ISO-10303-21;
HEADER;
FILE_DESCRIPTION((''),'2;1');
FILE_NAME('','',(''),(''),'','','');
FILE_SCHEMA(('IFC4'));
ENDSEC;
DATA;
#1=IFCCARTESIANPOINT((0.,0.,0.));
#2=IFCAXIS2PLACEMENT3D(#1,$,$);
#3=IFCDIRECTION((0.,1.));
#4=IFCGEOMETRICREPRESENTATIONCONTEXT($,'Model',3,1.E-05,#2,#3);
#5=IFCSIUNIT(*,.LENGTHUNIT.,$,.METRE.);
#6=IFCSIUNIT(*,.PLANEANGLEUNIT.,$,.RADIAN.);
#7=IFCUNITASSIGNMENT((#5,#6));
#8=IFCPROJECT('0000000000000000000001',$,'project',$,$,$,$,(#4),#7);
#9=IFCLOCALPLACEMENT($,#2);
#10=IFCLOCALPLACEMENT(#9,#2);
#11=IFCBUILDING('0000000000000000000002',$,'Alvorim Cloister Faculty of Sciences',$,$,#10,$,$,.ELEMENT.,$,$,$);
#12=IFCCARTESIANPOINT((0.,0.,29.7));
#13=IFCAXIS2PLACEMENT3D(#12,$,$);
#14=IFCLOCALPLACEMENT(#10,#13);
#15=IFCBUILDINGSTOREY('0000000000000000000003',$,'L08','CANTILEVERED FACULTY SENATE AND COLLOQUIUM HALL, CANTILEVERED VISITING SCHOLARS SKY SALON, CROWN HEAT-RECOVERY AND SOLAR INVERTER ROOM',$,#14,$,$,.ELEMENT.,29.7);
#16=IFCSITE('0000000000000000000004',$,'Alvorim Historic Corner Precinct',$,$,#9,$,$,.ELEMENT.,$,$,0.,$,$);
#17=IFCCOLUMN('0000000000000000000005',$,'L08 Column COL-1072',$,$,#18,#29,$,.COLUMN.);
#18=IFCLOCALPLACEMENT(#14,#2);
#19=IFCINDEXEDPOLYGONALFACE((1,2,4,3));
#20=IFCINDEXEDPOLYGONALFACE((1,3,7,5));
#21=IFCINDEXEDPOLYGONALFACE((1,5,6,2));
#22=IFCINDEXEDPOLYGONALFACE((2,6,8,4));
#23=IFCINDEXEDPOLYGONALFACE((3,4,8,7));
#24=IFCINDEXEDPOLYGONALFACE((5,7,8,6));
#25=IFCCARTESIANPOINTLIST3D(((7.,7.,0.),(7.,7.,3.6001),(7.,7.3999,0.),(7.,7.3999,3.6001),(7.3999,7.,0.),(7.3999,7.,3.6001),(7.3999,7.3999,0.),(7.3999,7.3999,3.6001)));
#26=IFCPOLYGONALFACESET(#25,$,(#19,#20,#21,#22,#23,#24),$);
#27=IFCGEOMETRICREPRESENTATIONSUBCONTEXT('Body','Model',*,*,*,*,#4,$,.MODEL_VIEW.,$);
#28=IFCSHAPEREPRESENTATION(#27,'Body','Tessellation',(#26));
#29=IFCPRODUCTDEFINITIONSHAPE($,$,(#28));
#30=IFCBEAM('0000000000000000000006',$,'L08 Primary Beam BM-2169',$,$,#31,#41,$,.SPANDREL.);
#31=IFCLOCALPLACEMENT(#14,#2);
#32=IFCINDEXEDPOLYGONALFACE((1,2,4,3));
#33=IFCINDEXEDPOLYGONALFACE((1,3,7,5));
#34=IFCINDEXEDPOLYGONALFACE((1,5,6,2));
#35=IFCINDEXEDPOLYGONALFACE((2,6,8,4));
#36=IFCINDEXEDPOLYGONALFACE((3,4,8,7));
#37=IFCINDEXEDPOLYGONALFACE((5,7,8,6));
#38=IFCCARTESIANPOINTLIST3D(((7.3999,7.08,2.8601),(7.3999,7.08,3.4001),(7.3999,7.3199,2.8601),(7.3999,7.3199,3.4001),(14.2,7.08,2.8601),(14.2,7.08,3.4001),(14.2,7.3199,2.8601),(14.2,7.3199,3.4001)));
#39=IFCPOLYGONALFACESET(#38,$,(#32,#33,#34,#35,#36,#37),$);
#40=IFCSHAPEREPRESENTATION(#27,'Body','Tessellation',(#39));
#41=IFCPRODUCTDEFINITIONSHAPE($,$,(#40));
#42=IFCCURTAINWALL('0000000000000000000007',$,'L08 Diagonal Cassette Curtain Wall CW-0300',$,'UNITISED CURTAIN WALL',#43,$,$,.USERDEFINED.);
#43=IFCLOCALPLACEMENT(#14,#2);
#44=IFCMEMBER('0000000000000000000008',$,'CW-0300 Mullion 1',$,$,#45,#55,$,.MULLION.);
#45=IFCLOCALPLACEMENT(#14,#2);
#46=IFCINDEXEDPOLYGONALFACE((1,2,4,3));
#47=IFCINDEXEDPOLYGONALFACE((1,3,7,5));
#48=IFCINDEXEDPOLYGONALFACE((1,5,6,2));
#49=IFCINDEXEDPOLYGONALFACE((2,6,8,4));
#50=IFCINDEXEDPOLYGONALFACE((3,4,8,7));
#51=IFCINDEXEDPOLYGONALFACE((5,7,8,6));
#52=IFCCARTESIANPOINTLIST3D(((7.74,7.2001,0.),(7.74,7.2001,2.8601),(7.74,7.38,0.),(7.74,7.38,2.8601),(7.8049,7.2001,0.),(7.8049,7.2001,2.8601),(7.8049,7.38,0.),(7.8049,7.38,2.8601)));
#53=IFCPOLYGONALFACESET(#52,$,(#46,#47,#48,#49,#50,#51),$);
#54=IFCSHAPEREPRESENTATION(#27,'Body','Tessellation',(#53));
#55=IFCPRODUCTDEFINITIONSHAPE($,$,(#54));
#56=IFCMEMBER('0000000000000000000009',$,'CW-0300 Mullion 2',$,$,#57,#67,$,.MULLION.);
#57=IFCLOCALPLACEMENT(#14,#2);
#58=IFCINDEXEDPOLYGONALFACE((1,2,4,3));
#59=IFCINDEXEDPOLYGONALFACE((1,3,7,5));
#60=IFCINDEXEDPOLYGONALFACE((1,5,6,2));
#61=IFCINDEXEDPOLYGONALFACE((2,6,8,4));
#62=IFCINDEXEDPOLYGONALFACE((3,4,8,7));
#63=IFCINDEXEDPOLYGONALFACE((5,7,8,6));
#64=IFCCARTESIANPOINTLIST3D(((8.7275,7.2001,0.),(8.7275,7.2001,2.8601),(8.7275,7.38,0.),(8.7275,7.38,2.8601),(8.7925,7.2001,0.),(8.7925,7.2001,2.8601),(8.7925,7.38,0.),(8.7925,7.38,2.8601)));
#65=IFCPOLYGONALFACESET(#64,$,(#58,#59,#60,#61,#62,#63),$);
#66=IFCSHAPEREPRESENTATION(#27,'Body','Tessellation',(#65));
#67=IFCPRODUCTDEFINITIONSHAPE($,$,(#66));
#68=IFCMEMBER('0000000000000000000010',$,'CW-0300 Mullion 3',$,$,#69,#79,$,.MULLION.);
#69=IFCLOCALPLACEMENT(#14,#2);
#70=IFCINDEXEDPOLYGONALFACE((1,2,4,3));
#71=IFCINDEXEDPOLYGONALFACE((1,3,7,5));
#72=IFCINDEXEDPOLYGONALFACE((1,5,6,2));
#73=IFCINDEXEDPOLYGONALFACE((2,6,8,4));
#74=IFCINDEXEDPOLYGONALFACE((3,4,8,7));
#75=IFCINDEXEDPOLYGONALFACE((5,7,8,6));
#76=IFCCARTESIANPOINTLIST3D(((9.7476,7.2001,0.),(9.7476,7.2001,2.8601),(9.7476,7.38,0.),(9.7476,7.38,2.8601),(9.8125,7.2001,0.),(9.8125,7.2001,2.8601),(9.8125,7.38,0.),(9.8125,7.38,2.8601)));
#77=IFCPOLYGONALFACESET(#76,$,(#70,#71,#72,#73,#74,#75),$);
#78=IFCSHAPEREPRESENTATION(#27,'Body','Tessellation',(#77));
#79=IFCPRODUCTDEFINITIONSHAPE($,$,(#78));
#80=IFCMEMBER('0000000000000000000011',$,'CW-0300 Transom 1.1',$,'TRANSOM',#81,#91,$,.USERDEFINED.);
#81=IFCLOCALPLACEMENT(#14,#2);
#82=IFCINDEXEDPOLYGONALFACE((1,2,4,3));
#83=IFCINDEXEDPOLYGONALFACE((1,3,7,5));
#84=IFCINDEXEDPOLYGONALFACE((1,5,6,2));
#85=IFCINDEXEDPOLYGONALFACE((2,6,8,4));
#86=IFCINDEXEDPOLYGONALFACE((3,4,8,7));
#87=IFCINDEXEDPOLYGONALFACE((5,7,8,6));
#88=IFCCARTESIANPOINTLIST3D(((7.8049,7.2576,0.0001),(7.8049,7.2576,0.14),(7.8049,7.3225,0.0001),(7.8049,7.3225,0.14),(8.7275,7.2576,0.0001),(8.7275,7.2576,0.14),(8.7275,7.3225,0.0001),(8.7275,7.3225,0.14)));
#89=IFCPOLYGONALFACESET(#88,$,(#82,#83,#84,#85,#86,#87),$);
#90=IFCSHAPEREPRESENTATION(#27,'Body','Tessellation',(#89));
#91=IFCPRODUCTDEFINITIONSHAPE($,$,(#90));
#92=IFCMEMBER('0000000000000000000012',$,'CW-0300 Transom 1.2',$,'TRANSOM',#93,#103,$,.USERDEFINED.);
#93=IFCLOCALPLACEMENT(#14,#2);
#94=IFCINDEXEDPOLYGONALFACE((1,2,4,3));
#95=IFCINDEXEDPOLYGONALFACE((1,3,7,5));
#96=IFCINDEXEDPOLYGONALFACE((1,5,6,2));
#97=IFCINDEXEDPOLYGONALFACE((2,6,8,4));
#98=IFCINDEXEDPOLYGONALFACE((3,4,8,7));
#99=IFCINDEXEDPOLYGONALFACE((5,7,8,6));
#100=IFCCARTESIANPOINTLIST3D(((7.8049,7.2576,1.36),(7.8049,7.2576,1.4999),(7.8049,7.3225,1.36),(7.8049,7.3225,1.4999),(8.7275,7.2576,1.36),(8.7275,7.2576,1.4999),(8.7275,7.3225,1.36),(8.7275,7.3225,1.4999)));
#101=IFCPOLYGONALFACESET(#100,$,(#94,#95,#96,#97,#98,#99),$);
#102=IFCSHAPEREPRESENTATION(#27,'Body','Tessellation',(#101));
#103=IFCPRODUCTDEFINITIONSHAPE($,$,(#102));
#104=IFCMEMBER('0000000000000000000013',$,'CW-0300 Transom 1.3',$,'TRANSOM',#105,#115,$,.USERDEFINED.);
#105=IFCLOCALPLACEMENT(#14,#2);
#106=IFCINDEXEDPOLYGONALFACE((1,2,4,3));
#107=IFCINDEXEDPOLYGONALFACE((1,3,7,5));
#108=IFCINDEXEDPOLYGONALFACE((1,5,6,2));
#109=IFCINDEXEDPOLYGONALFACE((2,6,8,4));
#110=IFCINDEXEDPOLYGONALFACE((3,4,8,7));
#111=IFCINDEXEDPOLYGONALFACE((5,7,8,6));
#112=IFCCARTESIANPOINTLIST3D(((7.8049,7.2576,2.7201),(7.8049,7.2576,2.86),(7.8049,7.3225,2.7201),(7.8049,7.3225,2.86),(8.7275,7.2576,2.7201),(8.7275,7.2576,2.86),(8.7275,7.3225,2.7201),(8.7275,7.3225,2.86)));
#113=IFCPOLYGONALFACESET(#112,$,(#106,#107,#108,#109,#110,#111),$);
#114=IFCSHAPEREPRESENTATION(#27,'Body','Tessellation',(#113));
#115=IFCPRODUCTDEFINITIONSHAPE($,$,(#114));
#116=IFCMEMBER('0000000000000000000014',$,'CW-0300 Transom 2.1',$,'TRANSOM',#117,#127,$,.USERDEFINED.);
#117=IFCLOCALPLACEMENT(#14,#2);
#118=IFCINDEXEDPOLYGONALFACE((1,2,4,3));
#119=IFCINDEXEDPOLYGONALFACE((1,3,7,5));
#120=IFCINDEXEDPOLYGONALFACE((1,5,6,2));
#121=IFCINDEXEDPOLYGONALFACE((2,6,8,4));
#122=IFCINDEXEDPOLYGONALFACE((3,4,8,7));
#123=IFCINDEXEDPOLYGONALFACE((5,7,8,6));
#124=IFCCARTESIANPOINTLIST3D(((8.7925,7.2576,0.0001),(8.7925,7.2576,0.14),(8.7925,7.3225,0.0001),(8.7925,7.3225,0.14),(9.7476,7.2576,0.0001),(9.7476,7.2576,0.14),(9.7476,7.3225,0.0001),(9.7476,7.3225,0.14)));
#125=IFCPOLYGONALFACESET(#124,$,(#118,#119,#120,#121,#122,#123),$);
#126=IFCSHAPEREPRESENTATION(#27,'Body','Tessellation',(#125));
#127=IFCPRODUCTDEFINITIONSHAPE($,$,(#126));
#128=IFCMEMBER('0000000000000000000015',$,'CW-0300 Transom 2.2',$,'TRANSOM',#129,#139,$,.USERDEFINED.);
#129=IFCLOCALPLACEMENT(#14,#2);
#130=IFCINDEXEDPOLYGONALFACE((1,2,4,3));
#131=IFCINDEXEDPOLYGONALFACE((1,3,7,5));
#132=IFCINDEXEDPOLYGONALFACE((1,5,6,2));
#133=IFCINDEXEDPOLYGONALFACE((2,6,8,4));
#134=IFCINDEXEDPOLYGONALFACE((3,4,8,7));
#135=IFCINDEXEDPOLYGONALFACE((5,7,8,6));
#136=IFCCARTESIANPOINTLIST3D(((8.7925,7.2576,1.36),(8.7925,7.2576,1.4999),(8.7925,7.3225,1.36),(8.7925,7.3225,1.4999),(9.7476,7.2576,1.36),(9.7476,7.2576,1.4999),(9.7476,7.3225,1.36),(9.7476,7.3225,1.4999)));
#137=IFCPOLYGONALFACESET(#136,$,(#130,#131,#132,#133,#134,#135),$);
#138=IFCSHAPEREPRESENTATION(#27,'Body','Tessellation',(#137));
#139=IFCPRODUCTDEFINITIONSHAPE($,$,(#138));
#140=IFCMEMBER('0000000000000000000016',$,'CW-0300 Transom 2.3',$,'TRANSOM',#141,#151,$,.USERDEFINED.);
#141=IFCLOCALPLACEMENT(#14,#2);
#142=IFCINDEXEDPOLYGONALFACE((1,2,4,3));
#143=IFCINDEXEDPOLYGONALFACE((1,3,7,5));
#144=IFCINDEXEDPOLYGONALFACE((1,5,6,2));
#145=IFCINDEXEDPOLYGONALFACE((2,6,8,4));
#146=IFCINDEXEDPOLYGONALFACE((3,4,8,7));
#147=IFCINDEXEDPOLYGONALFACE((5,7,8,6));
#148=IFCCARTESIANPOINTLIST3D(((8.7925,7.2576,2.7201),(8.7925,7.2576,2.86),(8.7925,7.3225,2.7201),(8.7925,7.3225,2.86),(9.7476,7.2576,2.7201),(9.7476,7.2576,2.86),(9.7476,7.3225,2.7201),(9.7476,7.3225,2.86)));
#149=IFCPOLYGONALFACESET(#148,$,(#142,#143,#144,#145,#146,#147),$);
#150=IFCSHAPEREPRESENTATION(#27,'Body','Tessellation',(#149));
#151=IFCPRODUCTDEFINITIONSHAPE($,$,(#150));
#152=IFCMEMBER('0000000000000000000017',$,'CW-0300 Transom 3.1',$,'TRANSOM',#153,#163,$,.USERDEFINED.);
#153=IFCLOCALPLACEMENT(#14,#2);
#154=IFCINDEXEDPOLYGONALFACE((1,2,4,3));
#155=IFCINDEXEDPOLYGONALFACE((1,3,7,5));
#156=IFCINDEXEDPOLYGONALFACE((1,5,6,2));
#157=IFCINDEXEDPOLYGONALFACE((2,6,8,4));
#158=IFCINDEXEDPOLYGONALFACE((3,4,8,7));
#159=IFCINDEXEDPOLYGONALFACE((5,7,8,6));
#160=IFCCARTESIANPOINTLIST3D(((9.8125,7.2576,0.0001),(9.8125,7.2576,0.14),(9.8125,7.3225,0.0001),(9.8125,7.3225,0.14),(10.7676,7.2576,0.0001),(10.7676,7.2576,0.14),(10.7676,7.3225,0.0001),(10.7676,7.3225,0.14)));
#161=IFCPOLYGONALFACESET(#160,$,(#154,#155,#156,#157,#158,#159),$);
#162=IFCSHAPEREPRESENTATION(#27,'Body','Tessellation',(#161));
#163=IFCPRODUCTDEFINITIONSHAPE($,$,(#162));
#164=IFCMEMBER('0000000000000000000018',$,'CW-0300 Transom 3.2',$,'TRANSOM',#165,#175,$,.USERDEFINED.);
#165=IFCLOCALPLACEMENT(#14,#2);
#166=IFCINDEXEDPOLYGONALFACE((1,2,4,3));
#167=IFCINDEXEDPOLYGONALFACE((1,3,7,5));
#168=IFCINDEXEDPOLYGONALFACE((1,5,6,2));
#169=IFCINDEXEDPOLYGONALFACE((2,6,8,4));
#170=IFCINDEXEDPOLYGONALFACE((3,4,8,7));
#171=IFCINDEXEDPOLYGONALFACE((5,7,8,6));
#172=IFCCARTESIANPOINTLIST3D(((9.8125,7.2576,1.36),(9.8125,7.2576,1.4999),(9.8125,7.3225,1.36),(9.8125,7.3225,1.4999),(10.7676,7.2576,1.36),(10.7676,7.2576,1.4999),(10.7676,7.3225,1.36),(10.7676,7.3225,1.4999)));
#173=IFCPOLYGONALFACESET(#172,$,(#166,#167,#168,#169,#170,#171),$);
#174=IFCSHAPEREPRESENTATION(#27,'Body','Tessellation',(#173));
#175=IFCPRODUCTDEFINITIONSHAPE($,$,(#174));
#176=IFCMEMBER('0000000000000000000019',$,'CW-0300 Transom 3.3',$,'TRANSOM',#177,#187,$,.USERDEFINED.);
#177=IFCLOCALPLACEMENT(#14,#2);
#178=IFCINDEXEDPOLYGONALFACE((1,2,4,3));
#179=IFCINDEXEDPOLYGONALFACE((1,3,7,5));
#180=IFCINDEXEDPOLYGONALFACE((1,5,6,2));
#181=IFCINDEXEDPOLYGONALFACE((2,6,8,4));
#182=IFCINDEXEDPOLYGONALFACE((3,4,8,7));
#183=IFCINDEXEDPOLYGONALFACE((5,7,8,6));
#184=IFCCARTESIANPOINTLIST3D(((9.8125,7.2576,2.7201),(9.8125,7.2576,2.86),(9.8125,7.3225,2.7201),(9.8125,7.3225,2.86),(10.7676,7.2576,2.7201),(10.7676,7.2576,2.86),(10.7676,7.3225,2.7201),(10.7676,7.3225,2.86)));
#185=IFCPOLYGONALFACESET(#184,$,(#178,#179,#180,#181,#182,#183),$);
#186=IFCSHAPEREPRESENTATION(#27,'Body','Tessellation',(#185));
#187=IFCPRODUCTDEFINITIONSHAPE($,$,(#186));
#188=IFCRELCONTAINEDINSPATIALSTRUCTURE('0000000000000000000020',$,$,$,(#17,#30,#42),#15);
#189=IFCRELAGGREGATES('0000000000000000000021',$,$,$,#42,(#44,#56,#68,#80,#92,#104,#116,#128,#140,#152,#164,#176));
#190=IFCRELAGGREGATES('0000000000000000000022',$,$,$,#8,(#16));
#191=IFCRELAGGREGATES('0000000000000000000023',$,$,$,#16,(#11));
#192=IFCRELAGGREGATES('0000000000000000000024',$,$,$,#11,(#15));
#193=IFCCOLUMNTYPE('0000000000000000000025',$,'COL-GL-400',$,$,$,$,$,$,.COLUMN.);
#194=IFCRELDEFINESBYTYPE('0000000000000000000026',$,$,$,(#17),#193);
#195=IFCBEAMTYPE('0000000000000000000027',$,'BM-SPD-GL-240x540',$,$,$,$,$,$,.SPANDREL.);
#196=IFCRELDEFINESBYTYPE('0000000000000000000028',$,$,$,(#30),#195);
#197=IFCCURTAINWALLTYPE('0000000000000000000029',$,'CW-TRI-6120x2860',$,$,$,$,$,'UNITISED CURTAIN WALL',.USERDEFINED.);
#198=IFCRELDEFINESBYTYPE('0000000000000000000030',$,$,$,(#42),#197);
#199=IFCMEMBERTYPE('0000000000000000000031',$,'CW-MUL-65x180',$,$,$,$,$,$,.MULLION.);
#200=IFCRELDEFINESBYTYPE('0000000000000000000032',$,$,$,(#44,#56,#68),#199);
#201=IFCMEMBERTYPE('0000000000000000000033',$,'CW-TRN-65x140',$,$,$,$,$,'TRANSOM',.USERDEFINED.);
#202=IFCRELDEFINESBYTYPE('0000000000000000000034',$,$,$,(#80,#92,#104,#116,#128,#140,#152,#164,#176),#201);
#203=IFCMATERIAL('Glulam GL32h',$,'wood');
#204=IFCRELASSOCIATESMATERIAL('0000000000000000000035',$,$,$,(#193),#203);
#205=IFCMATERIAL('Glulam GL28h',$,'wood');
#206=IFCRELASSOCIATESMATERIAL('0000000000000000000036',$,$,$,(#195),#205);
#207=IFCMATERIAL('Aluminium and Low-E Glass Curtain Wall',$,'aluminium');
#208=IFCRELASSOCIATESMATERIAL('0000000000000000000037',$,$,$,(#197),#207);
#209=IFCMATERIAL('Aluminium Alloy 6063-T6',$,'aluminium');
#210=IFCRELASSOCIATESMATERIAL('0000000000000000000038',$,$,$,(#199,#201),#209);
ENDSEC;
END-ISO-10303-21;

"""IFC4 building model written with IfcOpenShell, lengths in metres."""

from ifc_helpers import new_model, si_unit, direction, frame, origin, origin_2d, place, context, subcontext, project, spatial, rectangle, extrude, material, material_profile, profile_set, type_object, element, aggregate, save


model = new_model("IFC4")

# Units and contexts
model_context = context("Model", 3, precision=1e-05, world=origin(), true_north=direction((0.0, 1.0)))
body_context = subcontext(model_context, "Body", "Model", "MODEL_VIEW")
ifc_project = project(units=[si_unit("LENGTHUNIT", "METRE"), si_unit("PLANEANGLEUNIT", "RADIAN")], contexts=[model_context])

# Site, building, storey
site_placement = place(None, origin())
site = spatial("IfcSite", under=ifc_project, at=site_placement, Name="Alvorim Historic Corner Precinct", CompositionType="ELEMENT", RefElevation=0.0)
building_placement = place(site_placement, origin())
building = spatial("IfcBuilding", under=site, at=building_placement, Name="Alvorim Cloister Faculty of Sciences", CompositionType="ELEMENT")
storey_placement = place(building_placement, frame((0.0, 0.0, 29.7)))
storey = spatial("IfcBuildingStorey", under=building, at=storey_placement, Name="L08", Description="CANTILEVERED FACULTY SENATE AND COLLOQUIUM HALL, CANTILEVERED VISITING SCHOLARS SKY SALON, CROWN HEAT-RECOVERY AND SOLAR INVERTER ROOM", CompositionType="ELEMENT", Elevation=29.7)

# Column
ifc_material_1 = material(Name="Glulam GL32h", Category="wood")
ifc_material_profile_1 = material_profile(ifc_material_1, rectangle(XDim=0.3999, YDim=0.3999, at=origin_2d()), Name="GL32-COL-400x400")
ifc_profile_set_1 = profile_set([ifc_material_profile_1], Name="Glulam GL32h")
column_type = type_object("IfcColumnType", Name="COL-GL-400", PredefinedType="COLUMN", material=ifc_profile_set_1)
column_placement = place(storey_placement, frame((7.2, 7.2, 0.0), z_axis=(0.0, 0.0, 1.0), x_axis=(1.0, 0.0, 0.0)))
element("IfcColumn", 1, at=column_placement, inside=storey, type_object=column_type, Name="L08 Column COL-1072", PredefinedType="COLUMN", context=body_context, shape_type="SweptSolid", body=[
    extrude(rectangle(XDim=0.3999, YDim=0.3999, at=origin_2d()), origin(), (0.0, 0.0, 1.0), 3.6001),
])

# Beam
ifc_material_2 = material(Name="Glulam GL28h", Category="wood")
ifc_material_profile_2 = material_profile(ifc_material_2, rectangle(XDim=0.24, YDim=0.54, at=origin_2d()), Name="GL28-SPD-240x540")
ifc_profile_set_2 = profile_set([ifc_material_profile_2], Name="Glulam GL28h")
beam_type = type_object("IfcBeamType", Name="BM-SPD-GL-240x540", PredefinedType="SPANDREL", material=ifc_profile_set_2)
beam_placement = place(storey_placement, frame((7.3999, 7.2, 3.1301), z_axis=(1.0, 0.0, 0.0), x_axis=(0.0, 1.0, 0.0)))
element("IfcBeam", 2, at=beam_placement, inside=storey, type_object=beam_type, Name="L08 Primary Beam BM-2169", PredefinedType="SPANDREL", context=body_context, shape_type="SweptSolid", body=[
    extrude(rectangle(XDim=0.24, YDim=0.54, at=origin_2d()), origin(), (0.0, 0.0, 1.0), 6.8),
])

# Curtain wall, members
ifc_material_3 = material(Name="Aluminium and Low-E Glass Curtain Wall", Category="aluminium")
curtain_wall_type = type_object("IfcCurtainWallType", Name="CW-TRI-6120x2860", ElementType="UNITISED CURTAIN WALL", PredefinedType="USERDEFINED", material=ifc_material_3)
curtain_wall_placement = place(storey_placement, origin())
curtain_wall = element("IfcCurtainWall", 3, at=curtain_wall_placement, inside=storey, type_object=curtain_wall_type, Name="L08 Diagonal Cassette Curtain Wall CW-0300", ObjectType="UNITISED CURTAIN WALL", PredefinedType="USERDEFINED")
ifc_material_4 = material(Name="Aluminium Alloy 6063-T6", Category="aluminium")
ifc_material_profile_3 = material_profile(ifc_material_4, rectangle(XDim=0.0649, YDim=0.1799, at=origin_2d()), Name="ALU-MUL-65x180")
ifc_profile_set_3 = profile_set([ifc_material_profile_3], Name="Aluminium Alloy 6063-T6")
member_type_1 = type_object("IfcMemberType", Name="CW-MUL-65x180", PredefinedType="MULLION", material=ifc_profile_set_3)
member_1_placement = place(storey_placement, frame((7.7725, 7.29, 0.0), z_axis=(0.0, 0.0, 1.0), x_axis=(1.0, 0.0, 0.0)))
member_1 = element("IfcMember", 4, at=member_1_placement, type_object=member_type_1, Name="CW-0300 Mullion 1", PredefinedType="MULLION", context=body_context, shape_type="SweptSolid", body=[
    extrude(rectangle(XDim=0.0649, YDim=0.1799, at=origin_2d()), origin(), (0.0, 0.0, 1.0), 2.8601),
])
member_2_placement = place(storey_placement, frame((8.76, 7.29, 0.0), z_axis=(0.0, 0.0, 1.0), x_axis=(1.0, 0.0, 0.0)))
member_2 = element("IfcMember", 5, at=member_2_placement, type_object=member_type_1, Name="CW-0300 Mullion 2", PredefinedType="MULLION", context=body_context, shape_type="SweptSolid", body=[
    extrude(rectangle(XDim=0.0649, YDim=0.1799, at=origin_2d()), origin(), (0.0, 0.0, 1.0), 2.8601),
])
member_3_placement = place(storey_placement, frame((9.78, 7.29, 0.0), z_axis=(0.0, 0.0, 1.0), x_axis=(1.0, 0.0, 0.0)))
member_3 = element("IfcMember", 6, at=member_3_placement, type_object=member_type_1, Name="CW-0300 Mullion 3", PredefinedType="MULLION", context=body_context, shape_type="SweptSolid", body=[
    extrude(rectangle(XDim=0.0649, YDim=0.1799, at=origin_2d()), origin(), (0.0, 0.0, 1.0), 2.8601),
])
ifc_material_profile_4 = material_profile(ifc_material_4, rectangle(XDim=0.0649, YDim=0.1399, at=origin_2d()), Name="ALU-TRN-65x140")
ifc_profile_set_4 = profile_set([ifc_material_profile_4], Name="Aluminium Alloy 6063-T6")
member_type_2 = type_object("IfcMemberType", Name="CW-TRN-65x140", ElementType="TRANSOM", PredefinedType="USERDEFINED", material=ifc_profile_set_4)
member_4_placement = place(storey_placement, frame((7.8049, 7.29, 0.0701), z_axis=(1.0, 0.0, 0.0), x_axis=(0.0, 1.0, 0.0)))
member_4 = element("IfcMember", 7, at=member_4_placement, type_object=member_type_2, Name="CW-0300 Transom 1.1", ObjectType="TRANSOM", PredefinedType="USERDEFINED", context=body_context, shape_type="SweptSolid", body=[
    extrude(rectangle(XDim=0.0649, YDim=0.1399, at=origin_2d()), origin(), (0.0, 0.0, 1.0), 0.9226),
])
member_5_placement = place(storey_placement, frame((7.8049, 7.29, 1.4299), z_axis=(1.0, 0.0, 0.0), x_axis=(0.0, 1.0, 0.0)))
member_5 = element("IfcMember", 8, at=member_5_placement, type_object=member_type_2, Name="CW-0300 Transom 1.2", ObjectType="TRANSOM", PredefinedType="USERDEFINED", context=body_context, shape_type="SweptSolid", body=[
    extrude(rectangle(XDim=0.0649, YDim=0.1399, at=origin_2d()), origin(), (0.0, 0.0, 1.0), 0.9226),
])
member_6_placement = place(storey_placement, frame((7.8049, 7.29, 2.79), z_axis=(1.0, 0.0, 0.0), x_axis=(0.0, 1.0, 0.0)))
member_6 = element("IfcMember", 9, at=member_6_placement, type_object=member_type_2, Name="CW-0300 Transom 1.3", ObjectType="TRANSOM", PredefinedType="USERDEFINED", context=body_context, shape_type="SweptSolid", body=[
    extrude(rectangle(XDim=0.0649, YDim=0.1399, at=origin_2d()), origin(), (0.0, 0.0, 1.0), 0.9226),
])
member_7_placement = place(storey_placement, frame((8.7925, 7.29, 0.0701), z_axis=(1.0, 0.0, 0.0), x_axis=(0.0, 1.0, 0.0)))
member_7 = element("IfcMember", 10, at=member_7_placement, type_object=member_type_2, Name="CW-0300 Transom 2.1", ObjectType="TRANSOM", PredefinedType="USERDEFINED", context=body_context, shape_type="SweptSolid", body=[
    extrude(rectangle(XDim=0.0649, YDim=0.1399, at=origin_2d()), origin(), (0.0, 0.0, 1.0), 0.9551),
])
member_8_placement = place(storey_placement, frame((8.7925, 7.29, 1.4299), z_axis=(1.0, 0.0, 0.0), x_axis=(0.0, 1.0, 0.0)))
member_8 = element("IfcMember", 11, at=member_8_placement, type_object=member_type_2, Name="CW-0300 Transom 2.2", ObjectType="TRANSOM", PredefinedType="USERDEFINED", context=body_context, shape_type="SweptSolid", body=[
    extrude(rectangle(XDim=0.0649, YDim=0.1399, at=origin_2d()), origin(), (0.0, 0.0, 1.0), 0.9551),
])
member_9_placement = place(storey_placement, frame((8.7925, 7.29, 2.79), z_axis=(1.0, 0.0, 0.0), x_axis=(0.0, 1.0, 0.0)))
member_9 = element("IfcMember", 12, at=member_9_placement, type_object=member_type_2, Name="CW-0300 Transom 2.3", ObjectType="TRANSOM", PredefinedType="USERDEFINED", context=body_context, shape_type="SweptSolid", body=[
    extrude(rectangle(XDim=0.0649, YDim=0.1399, at=origin_2d()), origin(), (0.0, 0.0, 1.0), 0.9551),
])
member_10_placement = place(storey_placement, frame((9.8125, 7.29, 0.0701), z_axis=(1.0, 0.0, 0.0), x_axis=(0.0, 1.0, 0.0)))
member_10 = element("IfcMember", 13, at=member_10_placement, type_object=member_type_2, Name="CW-0300 Transom 3.1", ObjectType="TRANSOM", PredefinedType="USERDEFINED", context=body_context, shape_type="SweptSolid", body=[
    extrude(rectangle(XDim=0.0649, YDim=0.1399, at=origin_2d()), origin(), (0.0, 0.0, 1.0), 0.9551),
])
member_11_placement = place(storey_placement, frame((9.8125, 7.29, 1.4299), z_axis=(1.0, 0.0, 0.0), x_axis=(0.0, 1.0, 0.0)))
member_11 = element("IfcMember", 14, at=member_11_placement, type_object=member_type_2, Name="CW-0300 Transom 3.2", ObjectType="TRANSOM", PredefinedType="USERDEFINED", context=body_context, shape_type="SweptSolid", body=[
    extrude(rectangle(XDim=0.0649, YDim=0.1399, at=origin_2d()), origin(), (0.0, 0.0, 1.0), 0.9551),
])
member_12_placement = place(storey_placement, frame((9.8125, 7.29, 2.79), z_axis=(1.0, 0.0, 0.0), x_axis=(0.0, 1.0, 0.0)))
member_12 = element("IfcMember", 15, at=member_12_placement, type_object=member_type_2, Name="CW-0300 Transom 3.3", ObjectType="TRANSOM", PredefinedType="USERDEFINED", context=body_context, shape_type="SweptSolid", body=[
    extrude(rectangle(XDim=0.0649, YDim=0.1399, at=origin_2d()), origin(), (0.0, 0.0, 1.0), 0.9551),
])
aggregate(curtain_wall, [member_1, member_2, member_3, member_4, member_5, member_6, member_7, member_8, member_9, member_10, member_11, member_12])

save(model, "model.ifc")
